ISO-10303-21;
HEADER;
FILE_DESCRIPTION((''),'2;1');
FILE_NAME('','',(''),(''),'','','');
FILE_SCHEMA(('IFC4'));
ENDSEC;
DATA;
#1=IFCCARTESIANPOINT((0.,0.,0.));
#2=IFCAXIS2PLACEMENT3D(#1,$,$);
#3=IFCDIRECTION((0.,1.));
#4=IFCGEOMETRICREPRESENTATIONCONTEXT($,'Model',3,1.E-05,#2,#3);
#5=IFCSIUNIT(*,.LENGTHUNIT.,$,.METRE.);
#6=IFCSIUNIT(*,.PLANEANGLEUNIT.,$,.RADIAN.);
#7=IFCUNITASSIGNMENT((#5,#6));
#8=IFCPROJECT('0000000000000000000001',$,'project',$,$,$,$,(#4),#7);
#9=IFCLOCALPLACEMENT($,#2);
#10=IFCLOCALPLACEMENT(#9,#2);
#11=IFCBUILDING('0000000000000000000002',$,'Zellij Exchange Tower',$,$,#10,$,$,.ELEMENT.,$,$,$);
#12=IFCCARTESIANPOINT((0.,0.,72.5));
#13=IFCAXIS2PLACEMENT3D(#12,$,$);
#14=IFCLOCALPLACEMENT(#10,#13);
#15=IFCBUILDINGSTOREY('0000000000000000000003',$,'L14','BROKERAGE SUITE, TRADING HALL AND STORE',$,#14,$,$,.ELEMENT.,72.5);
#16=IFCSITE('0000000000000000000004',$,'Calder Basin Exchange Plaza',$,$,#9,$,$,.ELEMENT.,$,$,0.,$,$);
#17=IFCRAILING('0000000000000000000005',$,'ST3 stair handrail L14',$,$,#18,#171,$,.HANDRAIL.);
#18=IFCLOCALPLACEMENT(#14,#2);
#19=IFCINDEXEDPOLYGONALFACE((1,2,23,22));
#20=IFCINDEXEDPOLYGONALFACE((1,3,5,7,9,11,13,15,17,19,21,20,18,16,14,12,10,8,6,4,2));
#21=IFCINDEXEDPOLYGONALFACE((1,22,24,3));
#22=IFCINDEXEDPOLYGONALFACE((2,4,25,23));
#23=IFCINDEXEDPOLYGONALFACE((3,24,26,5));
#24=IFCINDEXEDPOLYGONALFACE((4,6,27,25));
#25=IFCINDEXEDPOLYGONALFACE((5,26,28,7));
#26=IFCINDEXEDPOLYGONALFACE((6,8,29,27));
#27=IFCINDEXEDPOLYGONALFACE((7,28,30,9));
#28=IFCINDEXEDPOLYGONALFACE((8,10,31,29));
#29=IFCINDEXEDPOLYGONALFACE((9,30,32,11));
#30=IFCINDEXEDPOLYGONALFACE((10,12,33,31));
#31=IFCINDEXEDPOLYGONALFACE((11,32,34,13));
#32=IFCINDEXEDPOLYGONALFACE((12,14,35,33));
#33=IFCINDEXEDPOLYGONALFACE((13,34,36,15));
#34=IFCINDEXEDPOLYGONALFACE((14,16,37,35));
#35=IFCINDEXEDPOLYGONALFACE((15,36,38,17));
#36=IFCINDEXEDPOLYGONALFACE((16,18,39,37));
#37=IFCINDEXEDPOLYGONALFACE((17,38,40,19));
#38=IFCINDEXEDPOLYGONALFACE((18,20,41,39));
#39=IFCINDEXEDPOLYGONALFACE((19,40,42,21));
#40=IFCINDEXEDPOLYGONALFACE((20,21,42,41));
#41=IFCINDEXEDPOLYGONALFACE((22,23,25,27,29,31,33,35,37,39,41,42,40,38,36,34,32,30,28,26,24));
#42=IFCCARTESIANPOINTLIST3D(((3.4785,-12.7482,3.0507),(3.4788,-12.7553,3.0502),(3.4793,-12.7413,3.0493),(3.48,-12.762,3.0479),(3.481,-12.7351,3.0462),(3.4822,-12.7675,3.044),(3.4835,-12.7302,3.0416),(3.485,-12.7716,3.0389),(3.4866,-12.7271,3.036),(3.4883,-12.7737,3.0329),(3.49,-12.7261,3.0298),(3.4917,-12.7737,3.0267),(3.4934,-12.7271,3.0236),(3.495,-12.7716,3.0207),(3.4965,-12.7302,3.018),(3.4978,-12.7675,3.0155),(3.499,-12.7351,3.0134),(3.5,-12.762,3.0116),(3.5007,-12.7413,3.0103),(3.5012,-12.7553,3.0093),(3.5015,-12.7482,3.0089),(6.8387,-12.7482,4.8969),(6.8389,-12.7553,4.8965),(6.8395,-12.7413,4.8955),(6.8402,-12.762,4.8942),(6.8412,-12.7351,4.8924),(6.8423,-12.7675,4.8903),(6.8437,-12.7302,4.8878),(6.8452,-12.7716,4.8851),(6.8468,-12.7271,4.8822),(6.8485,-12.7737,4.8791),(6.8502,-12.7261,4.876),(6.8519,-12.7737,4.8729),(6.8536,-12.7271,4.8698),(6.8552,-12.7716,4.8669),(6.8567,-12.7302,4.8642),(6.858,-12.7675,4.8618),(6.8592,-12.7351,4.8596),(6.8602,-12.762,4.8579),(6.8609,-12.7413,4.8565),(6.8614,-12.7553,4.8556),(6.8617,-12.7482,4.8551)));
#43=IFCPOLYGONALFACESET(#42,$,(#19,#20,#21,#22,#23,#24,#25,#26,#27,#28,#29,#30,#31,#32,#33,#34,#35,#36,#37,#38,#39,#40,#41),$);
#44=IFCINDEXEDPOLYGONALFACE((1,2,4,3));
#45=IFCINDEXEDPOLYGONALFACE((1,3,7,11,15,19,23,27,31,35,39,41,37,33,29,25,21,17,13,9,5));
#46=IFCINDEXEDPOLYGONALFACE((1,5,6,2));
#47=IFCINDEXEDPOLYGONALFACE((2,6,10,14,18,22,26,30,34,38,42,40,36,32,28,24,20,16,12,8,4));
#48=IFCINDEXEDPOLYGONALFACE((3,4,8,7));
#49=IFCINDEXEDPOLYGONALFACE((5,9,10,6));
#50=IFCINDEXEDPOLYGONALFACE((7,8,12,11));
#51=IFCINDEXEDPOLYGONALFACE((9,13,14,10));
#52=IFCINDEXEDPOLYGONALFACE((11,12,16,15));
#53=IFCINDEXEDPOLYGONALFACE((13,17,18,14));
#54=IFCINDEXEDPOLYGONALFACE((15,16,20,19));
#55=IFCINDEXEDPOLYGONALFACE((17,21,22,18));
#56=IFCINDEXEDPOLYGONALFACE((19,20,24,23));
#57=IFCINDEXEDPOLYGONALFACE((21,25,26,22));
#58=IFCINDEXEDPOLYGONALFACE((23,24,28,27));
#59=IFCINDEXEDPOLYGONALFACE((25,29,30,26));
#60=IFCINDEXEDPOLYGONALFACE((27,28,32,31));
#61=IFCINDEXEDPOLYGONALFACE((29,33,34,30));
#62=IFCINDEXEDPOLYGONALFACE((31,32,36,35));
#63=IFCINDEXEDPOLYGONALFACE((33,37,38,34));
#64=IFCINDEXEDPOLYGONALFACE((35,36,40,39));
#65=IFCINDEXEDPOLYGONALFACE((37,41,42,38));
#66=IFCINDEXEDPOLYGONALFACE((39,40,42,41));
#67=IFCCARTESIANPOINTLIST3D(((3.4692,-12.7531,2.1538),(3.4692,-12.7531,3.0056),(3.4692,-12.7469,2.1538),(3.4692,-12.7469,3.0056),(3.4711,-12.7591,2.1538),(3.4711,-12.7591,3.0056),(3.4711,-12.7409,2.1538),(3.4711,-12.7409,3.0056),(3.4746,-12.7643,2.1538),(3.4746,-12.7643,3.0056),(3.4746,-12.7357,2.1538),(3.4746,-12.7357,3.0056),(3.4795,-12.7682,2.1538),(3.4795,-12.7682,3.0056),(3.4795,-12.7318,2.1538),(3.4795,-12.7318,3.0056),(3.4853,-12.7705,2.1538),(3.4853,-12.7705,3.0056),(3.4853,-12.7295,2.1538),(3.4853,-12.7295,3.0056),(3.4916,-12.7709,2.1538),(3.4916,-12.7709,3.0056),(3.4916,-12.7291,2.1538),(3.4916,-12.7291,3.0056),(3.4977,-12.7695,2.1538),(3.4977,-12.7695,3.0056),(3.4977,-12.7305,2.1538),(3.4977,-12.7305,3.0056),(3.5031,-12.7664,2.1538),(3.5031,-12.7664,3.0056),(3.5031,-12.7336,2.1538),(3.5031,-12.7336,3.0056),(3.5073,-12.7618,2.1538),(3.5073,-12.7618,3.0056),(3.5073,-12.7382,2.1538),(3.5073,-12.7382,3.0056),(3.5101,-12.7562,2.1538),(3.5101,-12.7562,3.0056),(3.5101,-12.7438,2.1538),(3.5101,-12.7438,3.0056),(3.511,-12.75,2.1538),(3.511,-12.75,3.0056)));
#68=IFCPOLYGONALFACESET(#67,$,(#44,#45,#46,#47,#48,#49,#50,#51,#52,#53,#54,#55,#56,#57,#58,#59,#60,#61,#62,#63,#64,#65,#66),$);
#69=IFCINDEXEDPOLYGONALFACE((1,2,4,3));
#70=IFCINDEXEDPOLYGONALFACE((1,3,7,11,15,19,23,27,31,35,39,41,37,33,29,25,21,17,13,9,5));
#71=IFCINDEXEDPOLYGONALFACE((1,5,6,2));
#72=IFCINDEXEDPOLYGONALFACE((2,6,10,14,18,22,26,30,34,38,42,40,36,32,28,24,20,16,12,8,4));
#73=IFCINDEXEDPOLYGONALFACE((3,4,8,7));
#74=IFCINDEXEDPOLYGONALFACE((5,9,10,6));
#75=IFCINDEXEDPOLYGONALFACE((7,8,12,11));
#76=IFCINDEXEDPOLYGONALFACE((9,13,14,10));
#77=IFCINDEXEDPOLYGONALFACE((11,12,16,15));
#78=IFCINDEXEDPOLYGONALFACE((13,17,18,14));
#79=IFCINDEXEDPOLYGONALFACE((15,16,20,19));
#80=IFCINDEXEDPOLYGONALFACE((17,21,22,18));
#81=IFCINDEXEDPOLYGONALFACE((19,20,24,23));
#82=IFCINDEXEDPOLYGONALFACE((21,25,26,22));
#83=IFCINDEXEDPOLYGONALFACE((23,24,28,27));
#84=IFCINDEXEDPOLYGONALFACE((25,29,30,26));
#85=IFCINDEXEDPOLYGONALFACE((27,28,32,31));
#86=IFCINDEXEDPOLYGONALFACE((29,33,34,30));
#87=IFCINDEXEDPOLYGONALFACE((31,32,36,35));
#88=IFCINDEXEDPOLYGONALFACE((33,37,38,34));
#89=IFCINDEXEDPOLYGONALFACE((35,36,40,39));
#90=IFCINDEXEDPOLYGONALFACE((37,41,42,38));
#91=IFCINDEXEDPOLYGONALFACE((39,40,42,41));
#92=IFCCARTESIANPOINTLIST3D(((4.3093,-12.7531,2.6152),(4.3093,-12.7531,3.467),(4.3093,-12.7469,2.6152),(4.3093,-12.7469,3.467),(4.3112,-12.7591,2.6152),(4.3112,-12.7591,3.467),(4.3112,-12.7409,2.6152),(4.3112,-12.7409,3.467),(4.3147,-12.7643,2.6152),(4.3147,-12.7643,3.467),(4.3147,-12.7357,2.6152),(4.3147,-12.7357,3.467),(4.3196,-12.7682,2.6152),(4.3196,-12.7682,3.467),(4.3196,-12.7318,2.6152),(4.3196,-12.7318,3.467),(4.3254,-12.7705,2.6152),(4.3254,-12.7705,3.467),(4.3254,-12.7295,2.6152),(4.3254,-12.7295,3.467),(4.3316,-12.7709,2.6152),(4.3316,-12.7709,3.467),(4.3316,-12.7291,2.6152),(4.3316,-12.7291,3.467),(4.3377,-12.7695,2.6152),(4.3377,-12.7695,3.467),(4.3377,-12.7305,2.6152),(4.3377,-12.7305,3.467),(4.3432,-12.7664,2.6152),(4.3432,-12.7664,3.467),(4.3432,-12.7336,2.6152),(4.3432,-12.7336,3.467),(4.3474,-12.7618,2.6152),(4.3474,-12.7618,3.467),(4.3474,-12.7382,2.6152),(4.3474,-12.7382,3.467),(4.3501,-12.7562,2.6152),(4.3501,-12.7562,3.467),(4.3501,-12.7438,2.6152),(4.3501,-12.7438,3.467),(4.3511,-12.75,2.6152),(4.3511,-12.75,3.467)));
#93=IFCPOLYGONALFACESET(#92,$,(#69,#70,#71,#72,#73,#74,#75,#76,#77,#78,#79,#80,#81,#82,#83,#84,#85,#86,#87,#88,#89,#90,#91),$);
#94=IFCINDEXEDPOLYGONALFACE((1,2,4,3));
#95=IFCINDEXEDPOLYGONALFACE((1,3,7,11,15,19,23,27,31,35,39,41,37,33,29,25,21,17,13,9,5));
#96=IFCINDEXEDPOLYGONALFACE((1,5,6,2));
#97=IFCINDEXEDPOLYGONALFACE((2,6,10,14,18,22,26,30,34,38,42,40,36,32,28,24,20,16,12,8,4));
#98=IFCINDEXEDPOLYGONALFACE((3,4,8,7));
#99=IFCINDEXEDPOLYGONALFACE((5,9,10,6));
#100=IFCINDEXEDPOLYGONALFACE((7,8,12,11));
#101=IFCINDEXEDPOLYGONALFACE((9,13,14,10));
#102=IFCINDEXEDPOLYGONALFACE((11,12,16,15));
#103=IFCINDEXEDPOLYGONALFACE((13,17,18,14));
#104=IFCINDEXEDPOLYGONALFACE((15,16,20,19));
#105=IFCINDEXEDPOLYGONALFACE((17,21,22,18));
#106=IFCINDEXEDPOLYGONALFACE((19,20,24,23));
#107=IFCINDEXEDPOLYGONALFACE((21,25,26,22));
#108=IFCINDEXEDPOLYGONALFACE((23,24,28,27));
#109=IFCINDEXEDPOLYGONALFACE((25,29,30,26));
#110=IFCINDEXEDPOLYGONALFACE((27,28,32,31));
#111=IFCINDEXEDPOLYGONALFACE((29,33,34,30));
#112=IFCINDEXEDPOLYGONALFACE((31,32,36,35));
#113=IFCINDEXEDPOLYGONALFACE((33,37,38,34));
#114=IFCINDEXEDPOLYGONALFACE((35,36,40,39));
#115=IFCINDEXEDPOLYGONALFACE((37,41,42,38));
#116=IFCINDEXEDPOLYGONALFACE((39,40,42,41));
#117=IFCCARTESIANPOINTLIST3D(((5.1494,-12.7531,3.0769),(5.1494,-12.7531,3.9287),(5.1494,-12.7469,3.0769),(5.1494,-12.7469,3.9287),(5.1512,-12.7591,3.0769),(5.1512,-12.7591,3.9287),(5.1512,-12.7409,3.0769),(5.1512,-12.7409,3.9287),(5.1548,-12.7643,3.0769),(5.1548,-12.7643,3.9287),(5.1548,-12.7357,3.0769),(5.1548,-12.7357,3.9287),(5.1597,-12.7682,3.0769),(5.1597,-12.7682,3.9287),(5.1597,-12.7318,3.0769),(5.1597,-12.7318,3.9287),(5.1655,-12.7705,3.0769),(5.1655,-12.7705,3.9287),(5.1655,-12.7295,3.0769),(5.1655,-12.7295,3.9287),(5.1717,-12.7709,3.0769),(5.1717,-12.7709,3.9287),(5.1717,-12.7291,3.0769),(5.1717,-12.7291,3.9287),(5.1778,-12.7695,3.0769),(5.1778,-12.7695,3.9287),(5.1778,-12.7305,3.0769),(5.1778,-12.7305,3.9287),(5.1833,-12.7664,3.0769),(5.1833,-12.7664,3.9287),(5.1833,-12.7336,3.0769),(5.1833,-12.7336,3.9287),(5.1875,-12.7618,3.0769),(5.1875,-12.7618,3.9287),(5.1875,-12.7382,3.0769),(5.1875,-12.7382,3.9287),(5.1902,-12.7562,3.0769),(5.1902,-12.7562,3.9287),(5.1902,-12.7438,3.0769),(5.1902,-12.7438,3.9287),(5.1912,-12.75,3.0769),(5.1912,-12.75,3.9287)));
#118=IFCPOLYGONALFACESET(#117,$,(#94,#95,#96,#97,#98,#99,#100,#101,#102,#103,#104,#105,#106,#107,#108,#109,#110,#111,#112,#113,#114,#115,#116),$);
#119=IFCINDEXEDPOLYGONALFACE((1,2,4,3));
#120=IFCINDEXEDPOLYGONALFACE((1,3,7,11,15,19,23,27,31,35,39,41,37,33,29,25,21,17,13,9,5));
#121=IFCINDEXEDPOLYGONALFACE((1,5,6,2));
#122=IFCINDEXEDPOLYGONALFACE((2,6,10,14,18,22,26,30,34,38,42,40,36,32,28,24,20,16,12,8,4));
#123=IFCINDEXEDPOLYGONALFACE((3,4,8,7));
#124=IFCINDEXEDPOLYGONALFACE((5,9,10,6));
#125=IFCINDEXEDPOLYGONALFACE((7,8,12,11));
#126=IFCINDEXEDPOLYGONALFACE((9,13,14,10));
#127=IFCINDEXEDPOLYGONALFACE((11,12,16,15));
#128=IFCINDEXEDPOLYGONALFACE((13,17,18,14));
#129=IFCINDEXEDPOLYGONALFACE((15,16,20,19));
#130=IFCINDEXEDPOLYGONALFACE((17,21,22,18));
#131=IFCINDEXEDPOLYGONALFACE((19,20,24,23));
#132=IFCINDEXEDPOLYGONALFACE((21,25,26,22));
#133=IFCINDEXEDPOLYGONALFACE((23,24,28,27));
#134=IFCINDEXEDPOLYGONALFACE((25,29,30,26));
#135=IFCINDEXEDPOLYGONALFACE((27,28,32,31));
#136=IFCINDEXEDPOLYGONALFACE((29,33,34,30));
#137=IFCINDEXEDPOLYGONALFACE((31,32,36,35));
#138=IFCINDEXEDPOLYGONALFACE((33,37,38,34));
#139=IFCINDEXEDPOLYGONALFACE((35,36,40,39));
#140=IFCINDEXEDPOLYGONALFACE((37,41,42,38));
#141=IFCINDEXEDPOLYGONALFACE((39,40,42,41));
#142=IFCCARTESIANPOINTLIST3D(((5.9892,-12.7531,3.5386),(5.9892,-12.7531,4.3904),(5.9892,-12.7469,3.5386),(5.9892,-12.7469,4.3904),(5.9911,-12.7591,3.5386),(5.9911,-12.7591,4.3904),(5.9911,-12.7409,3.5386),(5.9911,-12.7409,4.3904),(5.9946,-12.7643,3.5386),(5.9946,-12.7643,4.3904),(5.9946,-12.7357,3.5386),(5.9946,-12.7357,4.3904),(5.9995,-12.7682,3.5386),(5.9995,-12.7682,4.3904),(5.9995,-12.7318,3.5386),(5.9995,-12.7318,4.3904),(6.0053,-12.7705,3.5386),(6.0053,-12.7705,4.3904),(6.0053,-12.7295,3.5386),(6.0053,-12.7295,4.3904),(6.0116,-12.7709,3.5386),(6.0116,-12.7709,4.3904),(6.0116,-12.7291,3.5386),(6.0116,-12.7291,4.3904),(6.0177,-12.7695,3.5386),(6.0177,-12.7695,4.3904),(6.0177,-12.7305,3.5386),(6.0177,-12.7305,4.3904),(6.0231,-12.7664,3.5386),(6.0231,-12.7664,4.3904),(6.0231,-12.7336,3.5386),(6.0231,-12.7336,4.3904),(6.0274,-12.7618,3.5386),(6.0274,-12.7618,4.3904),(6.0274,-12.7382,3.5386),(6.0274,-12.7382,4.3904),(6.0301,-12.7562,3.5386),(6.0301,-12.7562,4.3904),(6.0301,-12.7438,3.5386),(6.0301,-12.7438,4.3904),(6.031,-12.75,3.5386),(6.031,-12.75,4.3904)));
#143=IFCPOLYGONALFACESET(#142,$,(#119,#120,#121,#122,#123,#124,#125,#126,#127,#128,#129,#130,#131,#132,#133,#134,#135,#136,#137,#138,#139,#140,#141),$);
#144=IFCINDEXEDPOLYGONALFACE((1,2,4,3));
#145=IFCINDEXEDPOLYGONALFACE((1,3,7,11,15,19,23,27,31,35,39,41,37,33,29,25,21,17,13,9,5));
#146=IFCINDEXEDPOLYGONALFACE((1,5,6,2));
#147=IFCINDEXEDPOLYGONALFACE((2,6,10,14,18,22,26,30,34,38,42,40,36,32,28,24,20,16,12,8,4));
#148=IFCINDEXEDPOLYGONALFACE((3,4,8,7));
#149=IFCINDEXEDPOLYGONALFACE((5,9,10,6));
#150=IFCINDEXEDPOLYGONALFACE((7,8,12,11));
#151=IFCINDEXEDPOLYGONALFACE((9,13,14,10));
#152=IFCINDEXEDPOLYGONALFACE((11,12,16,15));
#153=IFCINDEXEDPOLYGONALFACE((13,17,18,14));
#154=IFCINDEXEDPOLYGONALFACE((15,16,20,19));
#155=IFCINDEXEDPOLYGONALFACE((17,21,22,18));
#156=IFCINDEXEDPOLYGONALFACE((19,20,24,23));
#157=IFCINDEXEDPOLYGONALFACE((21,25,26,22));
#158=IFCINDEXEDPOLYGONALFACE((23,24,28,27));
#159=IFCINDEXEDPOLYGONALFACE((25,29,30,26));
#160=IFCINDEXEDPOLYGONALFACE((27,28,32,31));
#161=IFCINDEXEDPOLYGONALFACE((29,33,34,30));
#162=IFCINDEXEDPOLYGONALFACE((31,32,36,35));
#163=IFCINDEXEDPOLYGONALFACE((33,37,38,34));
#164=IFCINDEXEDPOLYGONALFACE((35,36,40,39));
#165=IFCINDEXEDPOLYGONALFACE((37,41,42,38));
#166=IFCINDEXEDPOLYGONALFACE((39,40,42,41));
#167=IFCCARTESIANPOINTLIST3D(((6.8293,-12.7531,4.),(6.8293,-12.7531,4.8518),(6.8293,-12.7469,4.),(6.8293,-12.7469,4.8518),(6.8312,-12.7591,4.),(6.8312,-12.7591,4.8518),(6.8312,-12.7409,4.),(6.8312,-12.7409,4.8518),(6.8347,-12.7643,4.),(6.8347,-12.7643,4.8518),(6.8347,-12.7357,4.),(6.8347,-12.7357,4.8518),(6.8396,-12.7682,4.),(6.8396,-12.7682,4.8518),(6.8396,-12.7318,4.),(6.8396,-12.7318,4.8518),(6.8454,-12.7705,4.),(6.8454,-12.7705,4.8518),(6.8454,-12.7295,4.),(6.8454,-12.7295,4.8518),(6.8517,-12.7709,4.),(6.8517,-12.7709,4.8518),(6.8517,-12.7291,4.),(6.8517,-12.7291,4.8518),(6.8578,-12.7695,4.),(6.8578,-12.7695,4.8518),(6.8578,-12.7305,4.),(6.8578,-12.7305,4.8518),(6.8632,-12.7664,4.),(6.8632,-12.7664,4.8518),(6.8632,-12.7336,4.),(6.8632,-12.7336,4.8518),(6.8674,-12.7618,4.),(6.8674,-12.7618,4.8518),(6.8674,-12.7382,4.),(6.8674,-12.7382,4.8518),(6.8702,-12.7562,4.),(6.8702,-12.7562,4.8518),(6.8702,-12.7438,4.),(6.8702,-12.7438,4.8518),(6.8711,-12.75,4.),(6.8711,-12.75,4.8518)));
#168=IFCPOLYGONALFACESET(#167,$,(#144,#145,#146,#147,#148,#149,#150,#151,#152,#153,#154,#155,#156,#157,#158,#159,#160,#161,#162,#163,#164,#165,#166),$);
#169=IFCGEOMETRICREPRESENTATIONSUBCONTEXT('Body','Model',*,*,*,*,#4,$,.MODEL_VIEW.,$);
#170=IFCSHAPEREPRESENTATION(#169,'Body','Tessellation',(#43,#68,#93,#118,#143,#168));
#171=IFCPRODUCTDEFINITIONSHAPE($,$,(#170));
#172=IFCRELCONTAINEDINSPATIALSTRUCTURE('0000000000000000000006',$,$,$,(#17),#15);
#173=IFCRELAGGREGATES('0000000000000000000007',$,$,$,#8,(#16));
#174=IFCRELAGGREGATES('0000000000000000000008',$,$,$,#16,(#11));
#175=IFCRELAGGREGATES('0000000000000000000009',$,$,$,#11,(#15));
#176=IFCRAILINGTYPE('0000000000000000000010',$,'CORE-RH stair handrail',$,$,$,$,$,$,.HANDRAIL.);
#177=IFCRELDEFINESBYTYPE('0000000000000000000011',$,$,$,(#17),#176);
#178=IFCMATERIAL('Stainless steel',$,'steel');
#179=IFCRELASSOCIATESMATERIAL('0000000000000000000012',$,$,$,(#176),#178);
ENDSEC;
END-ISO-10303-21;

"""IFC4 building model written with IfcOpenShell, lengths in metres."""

from ifc_helpers import new_model, si_unit, direction, frame, origin, origin_2d, place, context, subcontext, project, spatial, circle, extrude, material, type_object, element, save


model = new_model("IFC4")

# Units and contexts
model_context = context("Model", 3, precision=1e-05, world=origin(), true_north=direction((0.0, 1.0)))
body_context = subcontext(model_context, "Body", "Model", "MODEL_VIEW")
ifc_project = project(units=[si_unit("LENGTHUNIT", "METRE"), si_unit("PLANEANGLEUNIT", "RADIAN")], contexts=[model_context])

# Site, building, storey
site_placement = place(None, origin())
site = spatial("IfcSite", under=ifc_project, at=site_placement, Name="Calder Basin Exchange Plaza", CompositionType="ELEMENT", RefElevation=0.0)
building_placement = place(site_placement, origin())
building = spatial("IfcBuilding", under=site, at=building_placement, Name="Zellij Exchange Tower", CompositionType="ELEMENT")
storey_placement = place(building_placement, frame((0.0, 0.0, 72.5)))
storey = spatial("IfcBuildingStorey", under=building, at=storey_placement, Name="L14", Description="BROKERAGE SUITE, TRADING HALL AND STORE", CompositionType="ELEMENT", Elevation=72.5)

# Railing
ifc_material_1 = material(Name="Stainless steel", Category="steel")
railing_type_1 = type_object("IfcRailingType", Name="CORE-RH stair handrail", PredefinedType="HANDRAIL", material=ifc_material_1)
for number, where, name in (
    (1, (3.49, -12.75, 2.1538), "ST3 stair handrail L14"),
):
    element("IfcRailing", number, at=place(storey_placement, frame(where)), inside=storey, type_object=railing_type_1, Name=name, PredefinedType="HANDRAIL", context=body_context, shape_type="SweptSolid", body=[
        extrude(circle(Radius=0.0239, at=origin_2d()), frame((0.0, 0.0, 0.876), z_axis=(0.876422, 0.0, 0.481545), x_axis=(0.0, 1.0, 0.0)), (0.0, 0.0, 1.0), 3.834),
        extrude(circle(Radius=0.021, at=origin_2d()), origin(), (0.0, 0.0, 1.0), 0.8518),
        extrude(circle(Radius=0.021, at=origin_2d()), frame((0.8401, 0.0, 0.4614)), (0.0, 0.0, 1.0), 0.8518),
        extrude(circle(Radius=0.021, at=origin_2d()), frame((1.6802, 0.0, 0.9231)), (0.0, 0.0, 1.0), 0.8518),
        extrude(circle(Radius=0.021, at=origin_2d()), frame((2.52, 0.0, 1.3848)), (0.0, 0.0, 1.0), 0.8518),
        extrude(circle(Radius=0.021, at=origin_2d()), frame((3.3601, 0.0, 1.8462)), (0.0, 0.0, 1.0), 0.8518),
    ])

save(model, "model.ifc")
